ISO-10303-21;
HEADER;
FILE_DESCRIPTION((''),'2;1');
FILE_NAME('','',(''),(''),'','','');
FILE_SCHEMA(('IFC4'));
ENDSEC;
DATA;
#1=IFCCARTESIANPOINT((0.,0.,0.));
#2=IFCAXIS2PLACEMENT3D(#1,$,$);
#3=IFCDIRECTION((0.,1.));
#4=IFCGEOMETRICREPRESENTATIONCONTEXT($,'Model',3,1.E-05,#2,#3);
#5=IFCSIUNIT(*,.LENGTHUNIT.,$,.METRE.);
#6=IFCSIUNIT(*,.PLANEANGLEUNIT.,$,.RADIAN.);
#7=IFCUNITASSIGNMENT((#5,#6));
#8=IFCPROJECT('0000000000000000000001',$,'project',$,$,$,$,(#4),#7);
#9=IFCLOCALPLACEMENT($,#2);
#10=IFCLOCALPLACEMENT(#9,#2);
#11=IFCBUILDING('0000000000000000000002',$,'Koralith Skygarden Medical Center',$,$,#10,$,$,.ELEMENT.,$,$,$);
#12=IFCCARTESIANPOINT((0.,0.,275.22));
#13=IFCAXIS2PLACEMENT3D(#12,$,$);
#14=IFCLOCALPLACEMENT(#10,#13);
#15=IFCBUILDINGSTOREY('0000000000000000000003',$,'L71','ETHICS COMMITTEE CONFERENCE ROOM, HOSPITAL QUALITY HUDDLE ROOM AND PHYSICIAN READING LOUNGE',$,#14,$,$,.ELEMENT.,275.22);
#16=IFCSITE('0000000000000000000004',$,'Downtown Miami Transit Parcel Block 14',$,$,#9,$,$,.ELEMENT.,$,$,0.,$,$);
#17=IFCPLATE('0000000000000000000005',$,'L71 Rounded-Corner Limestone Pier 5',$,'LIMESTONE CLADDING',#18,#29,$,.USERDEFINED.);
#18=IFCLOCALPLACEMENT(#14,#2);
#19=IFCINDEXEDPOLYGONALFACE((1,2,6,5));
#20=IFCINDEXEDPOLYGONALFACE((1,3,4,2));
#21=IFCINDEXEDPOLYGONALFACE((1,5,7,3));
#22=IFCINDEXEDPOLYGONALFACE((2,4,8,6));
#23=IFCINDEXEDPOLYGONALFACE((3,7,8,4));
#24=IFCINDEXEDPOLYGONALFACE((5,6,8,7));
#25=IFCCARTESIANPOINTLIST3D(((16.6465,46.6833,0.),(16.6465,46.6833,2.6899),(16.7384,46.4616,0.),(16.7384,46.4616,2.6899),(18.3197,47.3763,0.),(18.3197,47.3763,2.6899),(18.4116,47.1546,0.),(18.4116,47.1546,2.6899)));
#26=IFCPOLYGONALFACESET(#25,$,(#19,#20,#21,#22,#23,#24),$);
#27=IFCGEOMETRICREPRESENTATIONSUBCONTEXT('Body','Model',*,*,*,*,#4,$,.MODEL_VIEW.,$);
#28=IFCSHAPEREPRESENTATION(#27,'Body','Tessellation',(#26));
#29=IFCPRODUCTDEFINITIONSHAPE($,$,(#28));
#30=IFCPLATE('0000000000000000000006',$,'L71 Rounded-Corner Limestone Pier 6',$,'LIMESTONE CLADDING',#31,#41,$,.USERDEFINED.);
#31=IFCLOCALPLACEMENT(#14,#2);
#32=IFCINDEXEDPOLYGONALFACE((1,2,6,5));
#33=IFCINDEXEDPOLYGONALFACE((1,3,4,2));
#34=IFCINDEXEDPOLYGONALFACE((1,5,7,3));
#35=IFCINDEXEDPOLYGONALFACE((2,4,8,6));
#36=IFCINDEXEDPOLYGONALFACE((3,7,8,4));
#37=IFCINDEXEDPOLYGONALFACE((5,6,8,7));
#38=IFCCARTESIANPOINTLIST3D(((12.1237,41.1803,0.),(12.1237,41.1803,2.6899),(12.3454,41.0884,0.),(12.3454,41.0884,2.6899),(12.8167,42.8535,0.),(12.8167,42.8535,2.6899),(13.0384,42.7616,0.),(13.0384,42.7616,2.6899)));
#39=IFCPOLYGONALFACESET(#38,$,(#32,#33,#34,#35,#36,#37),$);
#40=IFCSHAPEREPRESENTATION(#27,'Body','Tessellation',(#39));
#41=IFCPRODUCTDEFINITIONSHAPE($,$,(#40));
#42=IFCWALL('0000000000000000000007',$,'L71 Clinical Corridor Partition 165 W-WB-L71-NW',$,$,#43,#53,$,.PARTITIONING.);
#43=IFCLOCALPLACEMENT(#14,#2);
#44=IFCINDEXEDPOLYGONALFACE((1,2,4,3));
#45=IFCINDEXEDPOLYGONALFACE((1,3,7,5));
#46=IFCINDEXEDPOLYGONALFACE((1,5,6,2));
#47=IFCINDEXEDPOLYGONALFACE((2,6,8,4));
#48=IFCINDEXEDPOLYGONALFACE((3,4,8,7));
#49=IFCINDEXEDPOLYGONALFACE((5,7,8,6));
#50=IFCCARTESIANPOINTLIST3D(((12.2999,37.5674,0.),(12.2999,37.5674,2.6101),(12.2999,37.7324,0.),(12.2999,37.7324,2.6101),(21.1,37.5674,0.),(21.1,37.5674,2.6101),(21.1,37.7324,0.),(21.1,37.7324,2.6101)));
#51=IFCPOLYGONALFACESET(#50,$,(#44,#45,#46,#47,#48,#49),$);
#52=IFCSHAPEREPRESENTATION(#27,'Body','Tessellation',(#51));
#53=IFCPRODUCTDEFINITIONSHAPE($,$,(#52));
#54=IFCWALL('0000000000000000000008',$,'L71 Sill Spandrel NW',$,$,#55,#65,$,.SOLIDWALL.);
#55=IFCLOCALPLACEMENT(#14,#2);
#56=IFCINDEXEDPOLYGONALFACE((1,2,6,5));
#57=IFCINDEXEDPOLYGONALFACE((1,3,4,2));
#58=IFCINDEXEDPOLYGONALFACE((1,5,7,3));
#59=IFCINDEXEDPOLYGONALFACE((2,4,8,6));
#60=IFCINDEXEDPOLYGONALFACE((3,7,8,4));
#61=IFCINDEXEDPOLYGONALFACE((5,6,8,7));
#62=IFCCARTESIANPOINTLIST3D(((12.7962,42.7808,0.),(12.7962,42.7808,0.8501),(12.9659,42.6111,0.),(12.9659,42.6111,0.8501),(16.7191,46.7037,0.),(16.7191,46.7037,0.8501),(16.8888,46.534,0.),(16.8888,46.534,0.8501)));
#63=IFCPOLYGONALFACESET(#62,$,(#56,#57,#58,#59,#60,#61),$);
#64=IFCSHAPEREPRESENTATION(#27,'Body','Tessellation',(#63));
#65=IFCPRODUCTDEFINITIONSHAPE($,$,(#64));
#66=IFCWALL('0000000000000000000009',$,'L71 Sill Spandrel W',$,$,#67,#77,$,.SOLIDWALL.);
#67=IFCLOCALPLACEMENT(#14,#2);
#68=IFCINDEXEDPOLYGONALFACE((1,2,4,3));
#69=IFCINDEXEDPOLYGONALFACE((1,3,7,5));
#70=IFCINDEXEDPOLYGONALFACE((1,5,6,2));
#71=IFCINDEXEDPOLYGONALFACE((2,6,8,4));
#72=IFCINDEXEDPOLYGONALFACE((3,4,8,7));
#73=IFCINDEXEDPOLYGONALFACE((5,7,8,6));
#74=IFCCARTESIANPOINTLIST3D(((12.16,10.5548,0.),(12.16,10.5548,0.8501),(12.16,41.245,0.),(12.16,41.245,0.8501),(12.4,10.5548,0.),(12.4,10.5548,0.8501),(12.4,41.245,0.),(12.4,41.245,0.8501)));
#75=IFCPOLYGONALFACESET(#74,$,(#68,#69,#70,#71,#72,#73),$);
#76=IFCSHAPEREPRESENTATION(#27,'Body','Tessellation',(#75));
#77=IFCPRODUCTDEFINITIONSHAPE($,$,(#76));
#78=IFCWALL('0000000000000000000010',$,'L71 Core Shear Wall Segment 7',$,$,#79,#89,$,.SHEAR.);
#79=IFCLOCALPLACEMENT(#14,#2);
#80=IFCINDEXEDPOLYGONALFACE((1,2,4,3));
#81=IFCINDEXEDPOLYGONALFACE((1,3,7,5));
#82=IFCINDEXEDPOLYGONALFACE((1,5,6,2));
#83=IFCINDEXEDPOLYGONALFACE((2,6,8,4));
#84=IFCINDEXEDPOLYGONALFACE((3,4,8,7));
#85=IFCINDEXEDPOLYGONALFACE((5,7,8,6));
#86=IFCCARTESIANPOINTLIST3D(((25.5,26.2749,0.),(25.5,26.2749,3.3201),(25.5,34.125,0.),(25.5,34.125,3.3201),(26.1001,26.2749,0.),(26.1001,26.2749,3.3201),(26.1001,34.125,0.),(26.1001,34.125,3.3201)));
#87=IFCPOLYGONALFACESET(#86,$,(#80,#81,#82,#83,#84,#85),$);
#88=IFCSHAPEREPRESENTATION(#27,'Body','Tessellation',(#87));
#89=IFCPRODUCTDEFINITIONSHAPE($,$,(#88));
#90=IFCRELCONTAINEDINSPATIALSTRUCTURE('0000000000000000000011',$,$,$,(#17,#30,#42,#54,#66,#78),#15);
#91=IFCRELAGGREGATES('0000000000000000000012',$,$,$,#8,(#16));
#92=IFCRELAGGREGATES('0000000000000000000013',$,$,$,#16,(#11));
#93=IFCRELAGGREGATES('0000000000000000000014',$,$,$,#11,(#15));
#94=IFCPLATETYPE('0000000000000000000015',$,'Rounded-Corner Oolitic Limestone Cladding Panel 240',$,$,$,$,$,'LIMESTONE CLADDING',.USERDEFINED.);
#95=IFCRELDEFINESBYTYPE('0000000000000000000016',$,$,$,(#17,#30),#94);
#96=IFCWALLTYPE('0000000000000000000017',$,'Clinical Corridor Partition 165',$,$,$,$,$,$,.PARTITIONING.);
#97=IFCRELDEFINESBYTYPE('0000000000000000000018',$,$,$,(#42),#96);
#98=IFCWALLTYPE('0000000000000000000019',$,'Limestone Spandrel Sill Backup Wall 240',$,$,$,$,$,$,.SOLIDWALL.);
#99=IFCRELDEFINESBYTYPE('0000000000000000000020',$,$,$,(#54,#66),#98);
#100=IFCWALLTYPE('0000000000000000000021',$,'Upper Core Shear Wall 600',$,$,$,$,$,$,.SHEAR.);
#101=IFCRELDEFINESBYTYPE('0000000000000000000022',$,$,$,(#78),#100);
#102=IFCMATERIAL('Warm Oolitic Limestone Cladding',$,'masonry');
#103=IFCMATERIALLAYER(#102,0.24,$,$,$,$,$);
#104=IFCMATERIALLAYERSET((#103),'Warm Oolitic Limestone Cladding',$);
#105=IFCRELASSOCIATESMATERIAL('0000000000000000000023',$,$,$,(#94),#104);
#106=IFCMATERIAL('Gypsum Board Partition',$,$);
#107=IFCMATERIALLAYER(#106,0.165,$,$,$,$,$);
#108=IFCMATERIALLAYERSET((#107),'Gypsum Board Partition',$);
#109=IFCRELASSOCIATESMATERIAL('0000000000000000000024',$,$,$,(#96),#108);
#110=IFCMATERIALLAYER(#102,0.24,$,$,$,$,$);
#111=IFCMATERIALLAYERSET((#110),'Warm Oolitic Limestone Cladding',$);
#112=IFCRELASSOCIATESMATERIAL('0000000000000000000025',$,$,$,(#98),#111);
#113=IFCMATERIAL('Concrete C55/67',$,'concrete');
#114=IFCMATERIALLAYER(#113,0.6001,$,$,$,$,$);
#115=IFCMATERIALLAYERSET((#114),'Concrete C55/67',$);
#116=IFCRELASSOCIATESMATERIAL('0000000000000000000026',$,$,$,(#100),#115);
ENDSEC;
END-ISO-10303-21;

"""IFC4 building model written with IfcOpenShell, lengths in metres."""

from ifc_helpers import new_model, si_unit, direction, frame, frame_2d, origin, origin_2d, place, context, subcontext, project, spatial, rectangle, extrude, material, layer, layer_set, type_object, element, save


model = new_model("IFC4")

# Units and contexts
model_context = context("Model", 3, precision=1e-05, world=origin(), true_north=direction((0.0, 1.0)))
body_context = subcontext(model_context, "Body", "Model", "MODEL_VIEW")
ifc_project = project(units=[si_unit("LENGTHUNIT", "METRE"), si_unit("PLANEANGLEUNIT", "RADIAN")], contexts=[model_context])

# Site, building, storey
site_placement = place(None, origin())
site = spatial("IfcSite", under=ifc_project, at=site_placement, Name="Downtown Miami Transit Parcel Block 14", CompositionType="ELEMENT", RefElevation=0.0)
building_placement = place(site_placement, origin())
building = spatial("IfcBuilding", under=site, at=building_placement, Name="Koralith Skygarden Medical Center", CompositionType="ELEMENT")
storey_placement = place(building_placement, frame((0.0, 0.0, 275.22)))
storey = spatial("IfcBuildingStorey", under=building, at=storey_placement, Name="L71", Description="ETHICS COMMITTEE CONFERENCE ROOM, HOSPITAL QUALITY HUDDLE ROOM AND PHYSICIAN READING LOUNGE", CompositionType="ELEMENT", Elevation=275.22)

# Shared definitions
ifc_material_1 = material(Name="Concrete C55/67", Category="concrete")

# Plates
ifc_material_2 = material(Name="Warm Oolitic Limestone Cladding", Category="masonry")
ifc_layer_1 = layer(ifc_material_2, 0.24)
ifc_layer_set_1 = layer_set([ifc_layer_1], Name="Warm Oolitic Limestone Cladding")
plate_type_1 = type_object("IfcPlateType", Name="Rounded-Corner Oolitic Limestone Cladding Panel 240", ElementType="LIMESTONE CLADDING", PredefinedType="USERDEFINED", material=ifc_layer_set_1)
for number, where, z_axis, x_axis, name in (
    (1, (17.5291, 46.9189, 0.0), (0.0, 0.0, 1.0), (-0.923885, -0.382671, 0.0), "L71 Rounded-Corner Limestone Pier 5"),
    (2, (12.5811, 41.9709, 0.0), (0.0, 0.0, 1.0), (-0.382671, -0.923885, 0.0), "L71 Rounded-Corner Limestone Pier 6"),
):
    element("IfcPlate", number, at=place(storey_placement, frame(where, z_axis=z_axis, x_axis=x_axis)), inside=storey, type_object=plate_type_1, Name=name, ObjectType="LIMESTONE CLADDING", PredefinedType="USERDEFINED", context=body_context, shape_type="SweptSolid", body=[
        extrude(rectangle(XDim=1.811, YDim=0.24, at=origin_2d()), origin(), (0.0, 0.0, 1.0), 2.6899),
    ])

# Wall
ifc_material_3 = material(Name="Gypsum Board Partition")
ifc_layer_2 = layer(ifc_material_3, 0.165)
ifc_layer_set_2 = layer_set([ifc_layer_2], Name="Gypsum Board Partition")
wall_type_1 = type_object("IfcWallType", Name="Clinical Corridor Partition 165", PredefinedType="PARTITIONING", material=ifc_layer_set_2)
wall_1_placement = place(storey_placement, frame((12.3, 37.6499, 0.0), z_axis=(0.0, 0.0, 1.0), x_axis=(1.0, 0.0, 0.0)))
element("IfcWall", 3, at=wall_1_placement, inside=storey, type_object=wall_type_1, Name="L71 Clinical Corridor Partition 165 W-WB-L71-NW", PredefinedType="PARTITIONING", context=body_context, shape_type="SweptSolid", body=[
    extrude(rectangle(XDim=8.8, YDim=0.165, at=frame_2d((4.3999, 0.0))), origin(), (0.0, 0.0, 1.0), 2.6101),
])

# Walls
ifc_layer_3 = layer(ifc_material_2, 0.24)
ifc_layer_set_3 = layer_set([ifc_layer_3], Name="Warm Oolitic Limestone Cladding")
wall_type_2 = type_object("IfcWallType", Name="Limestone Spandrel Sill Backup Wall 240", PredefinedType="SOLIDWALL", material=ifc_layer_set_3)
wall_2_placement = place(storey_placement, frame((16.804, 46.6189, 0.0), z_axis=(0.0, 0.0, 1.0), x_axis=(-0.707107, -0.707107, 0.0)))
element("IfcWall", 4, at=wall_2_placement, inside=storey, type_object=wall_type_2, Name="L71 Sill Spandrel NW", PredefinedType="SOLIDWALL", context=body_context, shape_type="SweptSolid", body=[
    extrude(rectangle(XDim=5.5479, YDim=0.24, at=frame_2d((2.7739, 0.0))), origin(), (0.0, 0.0, 1.0), 0.8501),
])
wall_3_placement = place(storey_placement, frame((12.28, 41.2451, 0.0), z_axis=(0.0, 0.0, 1.0), x_axis=(0.0, -1.0, 0.0)))
element("IfcWall", 5, at=wall_3_placement, inside=storey, type_object=wall_type_2, Name="L71 Sill Spandrel W", PredefinedType="SOLIDWALL", context=body_context, shape_type="SweptSolid", body=[
    extrude(rectangle(XDim=30.6902, YDim=0.24, at=frame_2d((15.3452, 0.0))), origin(), (0.0, 0.0, 1.0), 0.8501),
])
ifc_layer_4 = layer(ifc_material_1, 0.6001)
ifc_layer_set_4 = layer_set([ifc_layer_4], Name="Concrete C55/67")
wall_type_3 = type_object("IfcWallType", Name="Upper Core Shear Wall 600", PredefinedType="SHEAR", material=ifc_layer_set_4)
wall_4_placement = place(storey_placement, frame((25.8, 34.125, 0.0), z_axis=(0.0, 0.0, 1.0), x_axis=(0.0, -1.0, 0.0)))
element("IfcWall", 6, at=wall_4_placement, inside=storey, type_object=wall_type_3, Name="L71 Core Shear Wall Segment 7", PredefinedType="SHEAR", context=body_context, shape_type="SweptSolid", body=[
    extrude(rectangle(XDim=7.8501, YDim=0.6001, at=frame_2d((3.925, 0.0))), origin(), (0.0, 0.0, 1.0), 3.3201),
])

save(model, "model.ifc")
